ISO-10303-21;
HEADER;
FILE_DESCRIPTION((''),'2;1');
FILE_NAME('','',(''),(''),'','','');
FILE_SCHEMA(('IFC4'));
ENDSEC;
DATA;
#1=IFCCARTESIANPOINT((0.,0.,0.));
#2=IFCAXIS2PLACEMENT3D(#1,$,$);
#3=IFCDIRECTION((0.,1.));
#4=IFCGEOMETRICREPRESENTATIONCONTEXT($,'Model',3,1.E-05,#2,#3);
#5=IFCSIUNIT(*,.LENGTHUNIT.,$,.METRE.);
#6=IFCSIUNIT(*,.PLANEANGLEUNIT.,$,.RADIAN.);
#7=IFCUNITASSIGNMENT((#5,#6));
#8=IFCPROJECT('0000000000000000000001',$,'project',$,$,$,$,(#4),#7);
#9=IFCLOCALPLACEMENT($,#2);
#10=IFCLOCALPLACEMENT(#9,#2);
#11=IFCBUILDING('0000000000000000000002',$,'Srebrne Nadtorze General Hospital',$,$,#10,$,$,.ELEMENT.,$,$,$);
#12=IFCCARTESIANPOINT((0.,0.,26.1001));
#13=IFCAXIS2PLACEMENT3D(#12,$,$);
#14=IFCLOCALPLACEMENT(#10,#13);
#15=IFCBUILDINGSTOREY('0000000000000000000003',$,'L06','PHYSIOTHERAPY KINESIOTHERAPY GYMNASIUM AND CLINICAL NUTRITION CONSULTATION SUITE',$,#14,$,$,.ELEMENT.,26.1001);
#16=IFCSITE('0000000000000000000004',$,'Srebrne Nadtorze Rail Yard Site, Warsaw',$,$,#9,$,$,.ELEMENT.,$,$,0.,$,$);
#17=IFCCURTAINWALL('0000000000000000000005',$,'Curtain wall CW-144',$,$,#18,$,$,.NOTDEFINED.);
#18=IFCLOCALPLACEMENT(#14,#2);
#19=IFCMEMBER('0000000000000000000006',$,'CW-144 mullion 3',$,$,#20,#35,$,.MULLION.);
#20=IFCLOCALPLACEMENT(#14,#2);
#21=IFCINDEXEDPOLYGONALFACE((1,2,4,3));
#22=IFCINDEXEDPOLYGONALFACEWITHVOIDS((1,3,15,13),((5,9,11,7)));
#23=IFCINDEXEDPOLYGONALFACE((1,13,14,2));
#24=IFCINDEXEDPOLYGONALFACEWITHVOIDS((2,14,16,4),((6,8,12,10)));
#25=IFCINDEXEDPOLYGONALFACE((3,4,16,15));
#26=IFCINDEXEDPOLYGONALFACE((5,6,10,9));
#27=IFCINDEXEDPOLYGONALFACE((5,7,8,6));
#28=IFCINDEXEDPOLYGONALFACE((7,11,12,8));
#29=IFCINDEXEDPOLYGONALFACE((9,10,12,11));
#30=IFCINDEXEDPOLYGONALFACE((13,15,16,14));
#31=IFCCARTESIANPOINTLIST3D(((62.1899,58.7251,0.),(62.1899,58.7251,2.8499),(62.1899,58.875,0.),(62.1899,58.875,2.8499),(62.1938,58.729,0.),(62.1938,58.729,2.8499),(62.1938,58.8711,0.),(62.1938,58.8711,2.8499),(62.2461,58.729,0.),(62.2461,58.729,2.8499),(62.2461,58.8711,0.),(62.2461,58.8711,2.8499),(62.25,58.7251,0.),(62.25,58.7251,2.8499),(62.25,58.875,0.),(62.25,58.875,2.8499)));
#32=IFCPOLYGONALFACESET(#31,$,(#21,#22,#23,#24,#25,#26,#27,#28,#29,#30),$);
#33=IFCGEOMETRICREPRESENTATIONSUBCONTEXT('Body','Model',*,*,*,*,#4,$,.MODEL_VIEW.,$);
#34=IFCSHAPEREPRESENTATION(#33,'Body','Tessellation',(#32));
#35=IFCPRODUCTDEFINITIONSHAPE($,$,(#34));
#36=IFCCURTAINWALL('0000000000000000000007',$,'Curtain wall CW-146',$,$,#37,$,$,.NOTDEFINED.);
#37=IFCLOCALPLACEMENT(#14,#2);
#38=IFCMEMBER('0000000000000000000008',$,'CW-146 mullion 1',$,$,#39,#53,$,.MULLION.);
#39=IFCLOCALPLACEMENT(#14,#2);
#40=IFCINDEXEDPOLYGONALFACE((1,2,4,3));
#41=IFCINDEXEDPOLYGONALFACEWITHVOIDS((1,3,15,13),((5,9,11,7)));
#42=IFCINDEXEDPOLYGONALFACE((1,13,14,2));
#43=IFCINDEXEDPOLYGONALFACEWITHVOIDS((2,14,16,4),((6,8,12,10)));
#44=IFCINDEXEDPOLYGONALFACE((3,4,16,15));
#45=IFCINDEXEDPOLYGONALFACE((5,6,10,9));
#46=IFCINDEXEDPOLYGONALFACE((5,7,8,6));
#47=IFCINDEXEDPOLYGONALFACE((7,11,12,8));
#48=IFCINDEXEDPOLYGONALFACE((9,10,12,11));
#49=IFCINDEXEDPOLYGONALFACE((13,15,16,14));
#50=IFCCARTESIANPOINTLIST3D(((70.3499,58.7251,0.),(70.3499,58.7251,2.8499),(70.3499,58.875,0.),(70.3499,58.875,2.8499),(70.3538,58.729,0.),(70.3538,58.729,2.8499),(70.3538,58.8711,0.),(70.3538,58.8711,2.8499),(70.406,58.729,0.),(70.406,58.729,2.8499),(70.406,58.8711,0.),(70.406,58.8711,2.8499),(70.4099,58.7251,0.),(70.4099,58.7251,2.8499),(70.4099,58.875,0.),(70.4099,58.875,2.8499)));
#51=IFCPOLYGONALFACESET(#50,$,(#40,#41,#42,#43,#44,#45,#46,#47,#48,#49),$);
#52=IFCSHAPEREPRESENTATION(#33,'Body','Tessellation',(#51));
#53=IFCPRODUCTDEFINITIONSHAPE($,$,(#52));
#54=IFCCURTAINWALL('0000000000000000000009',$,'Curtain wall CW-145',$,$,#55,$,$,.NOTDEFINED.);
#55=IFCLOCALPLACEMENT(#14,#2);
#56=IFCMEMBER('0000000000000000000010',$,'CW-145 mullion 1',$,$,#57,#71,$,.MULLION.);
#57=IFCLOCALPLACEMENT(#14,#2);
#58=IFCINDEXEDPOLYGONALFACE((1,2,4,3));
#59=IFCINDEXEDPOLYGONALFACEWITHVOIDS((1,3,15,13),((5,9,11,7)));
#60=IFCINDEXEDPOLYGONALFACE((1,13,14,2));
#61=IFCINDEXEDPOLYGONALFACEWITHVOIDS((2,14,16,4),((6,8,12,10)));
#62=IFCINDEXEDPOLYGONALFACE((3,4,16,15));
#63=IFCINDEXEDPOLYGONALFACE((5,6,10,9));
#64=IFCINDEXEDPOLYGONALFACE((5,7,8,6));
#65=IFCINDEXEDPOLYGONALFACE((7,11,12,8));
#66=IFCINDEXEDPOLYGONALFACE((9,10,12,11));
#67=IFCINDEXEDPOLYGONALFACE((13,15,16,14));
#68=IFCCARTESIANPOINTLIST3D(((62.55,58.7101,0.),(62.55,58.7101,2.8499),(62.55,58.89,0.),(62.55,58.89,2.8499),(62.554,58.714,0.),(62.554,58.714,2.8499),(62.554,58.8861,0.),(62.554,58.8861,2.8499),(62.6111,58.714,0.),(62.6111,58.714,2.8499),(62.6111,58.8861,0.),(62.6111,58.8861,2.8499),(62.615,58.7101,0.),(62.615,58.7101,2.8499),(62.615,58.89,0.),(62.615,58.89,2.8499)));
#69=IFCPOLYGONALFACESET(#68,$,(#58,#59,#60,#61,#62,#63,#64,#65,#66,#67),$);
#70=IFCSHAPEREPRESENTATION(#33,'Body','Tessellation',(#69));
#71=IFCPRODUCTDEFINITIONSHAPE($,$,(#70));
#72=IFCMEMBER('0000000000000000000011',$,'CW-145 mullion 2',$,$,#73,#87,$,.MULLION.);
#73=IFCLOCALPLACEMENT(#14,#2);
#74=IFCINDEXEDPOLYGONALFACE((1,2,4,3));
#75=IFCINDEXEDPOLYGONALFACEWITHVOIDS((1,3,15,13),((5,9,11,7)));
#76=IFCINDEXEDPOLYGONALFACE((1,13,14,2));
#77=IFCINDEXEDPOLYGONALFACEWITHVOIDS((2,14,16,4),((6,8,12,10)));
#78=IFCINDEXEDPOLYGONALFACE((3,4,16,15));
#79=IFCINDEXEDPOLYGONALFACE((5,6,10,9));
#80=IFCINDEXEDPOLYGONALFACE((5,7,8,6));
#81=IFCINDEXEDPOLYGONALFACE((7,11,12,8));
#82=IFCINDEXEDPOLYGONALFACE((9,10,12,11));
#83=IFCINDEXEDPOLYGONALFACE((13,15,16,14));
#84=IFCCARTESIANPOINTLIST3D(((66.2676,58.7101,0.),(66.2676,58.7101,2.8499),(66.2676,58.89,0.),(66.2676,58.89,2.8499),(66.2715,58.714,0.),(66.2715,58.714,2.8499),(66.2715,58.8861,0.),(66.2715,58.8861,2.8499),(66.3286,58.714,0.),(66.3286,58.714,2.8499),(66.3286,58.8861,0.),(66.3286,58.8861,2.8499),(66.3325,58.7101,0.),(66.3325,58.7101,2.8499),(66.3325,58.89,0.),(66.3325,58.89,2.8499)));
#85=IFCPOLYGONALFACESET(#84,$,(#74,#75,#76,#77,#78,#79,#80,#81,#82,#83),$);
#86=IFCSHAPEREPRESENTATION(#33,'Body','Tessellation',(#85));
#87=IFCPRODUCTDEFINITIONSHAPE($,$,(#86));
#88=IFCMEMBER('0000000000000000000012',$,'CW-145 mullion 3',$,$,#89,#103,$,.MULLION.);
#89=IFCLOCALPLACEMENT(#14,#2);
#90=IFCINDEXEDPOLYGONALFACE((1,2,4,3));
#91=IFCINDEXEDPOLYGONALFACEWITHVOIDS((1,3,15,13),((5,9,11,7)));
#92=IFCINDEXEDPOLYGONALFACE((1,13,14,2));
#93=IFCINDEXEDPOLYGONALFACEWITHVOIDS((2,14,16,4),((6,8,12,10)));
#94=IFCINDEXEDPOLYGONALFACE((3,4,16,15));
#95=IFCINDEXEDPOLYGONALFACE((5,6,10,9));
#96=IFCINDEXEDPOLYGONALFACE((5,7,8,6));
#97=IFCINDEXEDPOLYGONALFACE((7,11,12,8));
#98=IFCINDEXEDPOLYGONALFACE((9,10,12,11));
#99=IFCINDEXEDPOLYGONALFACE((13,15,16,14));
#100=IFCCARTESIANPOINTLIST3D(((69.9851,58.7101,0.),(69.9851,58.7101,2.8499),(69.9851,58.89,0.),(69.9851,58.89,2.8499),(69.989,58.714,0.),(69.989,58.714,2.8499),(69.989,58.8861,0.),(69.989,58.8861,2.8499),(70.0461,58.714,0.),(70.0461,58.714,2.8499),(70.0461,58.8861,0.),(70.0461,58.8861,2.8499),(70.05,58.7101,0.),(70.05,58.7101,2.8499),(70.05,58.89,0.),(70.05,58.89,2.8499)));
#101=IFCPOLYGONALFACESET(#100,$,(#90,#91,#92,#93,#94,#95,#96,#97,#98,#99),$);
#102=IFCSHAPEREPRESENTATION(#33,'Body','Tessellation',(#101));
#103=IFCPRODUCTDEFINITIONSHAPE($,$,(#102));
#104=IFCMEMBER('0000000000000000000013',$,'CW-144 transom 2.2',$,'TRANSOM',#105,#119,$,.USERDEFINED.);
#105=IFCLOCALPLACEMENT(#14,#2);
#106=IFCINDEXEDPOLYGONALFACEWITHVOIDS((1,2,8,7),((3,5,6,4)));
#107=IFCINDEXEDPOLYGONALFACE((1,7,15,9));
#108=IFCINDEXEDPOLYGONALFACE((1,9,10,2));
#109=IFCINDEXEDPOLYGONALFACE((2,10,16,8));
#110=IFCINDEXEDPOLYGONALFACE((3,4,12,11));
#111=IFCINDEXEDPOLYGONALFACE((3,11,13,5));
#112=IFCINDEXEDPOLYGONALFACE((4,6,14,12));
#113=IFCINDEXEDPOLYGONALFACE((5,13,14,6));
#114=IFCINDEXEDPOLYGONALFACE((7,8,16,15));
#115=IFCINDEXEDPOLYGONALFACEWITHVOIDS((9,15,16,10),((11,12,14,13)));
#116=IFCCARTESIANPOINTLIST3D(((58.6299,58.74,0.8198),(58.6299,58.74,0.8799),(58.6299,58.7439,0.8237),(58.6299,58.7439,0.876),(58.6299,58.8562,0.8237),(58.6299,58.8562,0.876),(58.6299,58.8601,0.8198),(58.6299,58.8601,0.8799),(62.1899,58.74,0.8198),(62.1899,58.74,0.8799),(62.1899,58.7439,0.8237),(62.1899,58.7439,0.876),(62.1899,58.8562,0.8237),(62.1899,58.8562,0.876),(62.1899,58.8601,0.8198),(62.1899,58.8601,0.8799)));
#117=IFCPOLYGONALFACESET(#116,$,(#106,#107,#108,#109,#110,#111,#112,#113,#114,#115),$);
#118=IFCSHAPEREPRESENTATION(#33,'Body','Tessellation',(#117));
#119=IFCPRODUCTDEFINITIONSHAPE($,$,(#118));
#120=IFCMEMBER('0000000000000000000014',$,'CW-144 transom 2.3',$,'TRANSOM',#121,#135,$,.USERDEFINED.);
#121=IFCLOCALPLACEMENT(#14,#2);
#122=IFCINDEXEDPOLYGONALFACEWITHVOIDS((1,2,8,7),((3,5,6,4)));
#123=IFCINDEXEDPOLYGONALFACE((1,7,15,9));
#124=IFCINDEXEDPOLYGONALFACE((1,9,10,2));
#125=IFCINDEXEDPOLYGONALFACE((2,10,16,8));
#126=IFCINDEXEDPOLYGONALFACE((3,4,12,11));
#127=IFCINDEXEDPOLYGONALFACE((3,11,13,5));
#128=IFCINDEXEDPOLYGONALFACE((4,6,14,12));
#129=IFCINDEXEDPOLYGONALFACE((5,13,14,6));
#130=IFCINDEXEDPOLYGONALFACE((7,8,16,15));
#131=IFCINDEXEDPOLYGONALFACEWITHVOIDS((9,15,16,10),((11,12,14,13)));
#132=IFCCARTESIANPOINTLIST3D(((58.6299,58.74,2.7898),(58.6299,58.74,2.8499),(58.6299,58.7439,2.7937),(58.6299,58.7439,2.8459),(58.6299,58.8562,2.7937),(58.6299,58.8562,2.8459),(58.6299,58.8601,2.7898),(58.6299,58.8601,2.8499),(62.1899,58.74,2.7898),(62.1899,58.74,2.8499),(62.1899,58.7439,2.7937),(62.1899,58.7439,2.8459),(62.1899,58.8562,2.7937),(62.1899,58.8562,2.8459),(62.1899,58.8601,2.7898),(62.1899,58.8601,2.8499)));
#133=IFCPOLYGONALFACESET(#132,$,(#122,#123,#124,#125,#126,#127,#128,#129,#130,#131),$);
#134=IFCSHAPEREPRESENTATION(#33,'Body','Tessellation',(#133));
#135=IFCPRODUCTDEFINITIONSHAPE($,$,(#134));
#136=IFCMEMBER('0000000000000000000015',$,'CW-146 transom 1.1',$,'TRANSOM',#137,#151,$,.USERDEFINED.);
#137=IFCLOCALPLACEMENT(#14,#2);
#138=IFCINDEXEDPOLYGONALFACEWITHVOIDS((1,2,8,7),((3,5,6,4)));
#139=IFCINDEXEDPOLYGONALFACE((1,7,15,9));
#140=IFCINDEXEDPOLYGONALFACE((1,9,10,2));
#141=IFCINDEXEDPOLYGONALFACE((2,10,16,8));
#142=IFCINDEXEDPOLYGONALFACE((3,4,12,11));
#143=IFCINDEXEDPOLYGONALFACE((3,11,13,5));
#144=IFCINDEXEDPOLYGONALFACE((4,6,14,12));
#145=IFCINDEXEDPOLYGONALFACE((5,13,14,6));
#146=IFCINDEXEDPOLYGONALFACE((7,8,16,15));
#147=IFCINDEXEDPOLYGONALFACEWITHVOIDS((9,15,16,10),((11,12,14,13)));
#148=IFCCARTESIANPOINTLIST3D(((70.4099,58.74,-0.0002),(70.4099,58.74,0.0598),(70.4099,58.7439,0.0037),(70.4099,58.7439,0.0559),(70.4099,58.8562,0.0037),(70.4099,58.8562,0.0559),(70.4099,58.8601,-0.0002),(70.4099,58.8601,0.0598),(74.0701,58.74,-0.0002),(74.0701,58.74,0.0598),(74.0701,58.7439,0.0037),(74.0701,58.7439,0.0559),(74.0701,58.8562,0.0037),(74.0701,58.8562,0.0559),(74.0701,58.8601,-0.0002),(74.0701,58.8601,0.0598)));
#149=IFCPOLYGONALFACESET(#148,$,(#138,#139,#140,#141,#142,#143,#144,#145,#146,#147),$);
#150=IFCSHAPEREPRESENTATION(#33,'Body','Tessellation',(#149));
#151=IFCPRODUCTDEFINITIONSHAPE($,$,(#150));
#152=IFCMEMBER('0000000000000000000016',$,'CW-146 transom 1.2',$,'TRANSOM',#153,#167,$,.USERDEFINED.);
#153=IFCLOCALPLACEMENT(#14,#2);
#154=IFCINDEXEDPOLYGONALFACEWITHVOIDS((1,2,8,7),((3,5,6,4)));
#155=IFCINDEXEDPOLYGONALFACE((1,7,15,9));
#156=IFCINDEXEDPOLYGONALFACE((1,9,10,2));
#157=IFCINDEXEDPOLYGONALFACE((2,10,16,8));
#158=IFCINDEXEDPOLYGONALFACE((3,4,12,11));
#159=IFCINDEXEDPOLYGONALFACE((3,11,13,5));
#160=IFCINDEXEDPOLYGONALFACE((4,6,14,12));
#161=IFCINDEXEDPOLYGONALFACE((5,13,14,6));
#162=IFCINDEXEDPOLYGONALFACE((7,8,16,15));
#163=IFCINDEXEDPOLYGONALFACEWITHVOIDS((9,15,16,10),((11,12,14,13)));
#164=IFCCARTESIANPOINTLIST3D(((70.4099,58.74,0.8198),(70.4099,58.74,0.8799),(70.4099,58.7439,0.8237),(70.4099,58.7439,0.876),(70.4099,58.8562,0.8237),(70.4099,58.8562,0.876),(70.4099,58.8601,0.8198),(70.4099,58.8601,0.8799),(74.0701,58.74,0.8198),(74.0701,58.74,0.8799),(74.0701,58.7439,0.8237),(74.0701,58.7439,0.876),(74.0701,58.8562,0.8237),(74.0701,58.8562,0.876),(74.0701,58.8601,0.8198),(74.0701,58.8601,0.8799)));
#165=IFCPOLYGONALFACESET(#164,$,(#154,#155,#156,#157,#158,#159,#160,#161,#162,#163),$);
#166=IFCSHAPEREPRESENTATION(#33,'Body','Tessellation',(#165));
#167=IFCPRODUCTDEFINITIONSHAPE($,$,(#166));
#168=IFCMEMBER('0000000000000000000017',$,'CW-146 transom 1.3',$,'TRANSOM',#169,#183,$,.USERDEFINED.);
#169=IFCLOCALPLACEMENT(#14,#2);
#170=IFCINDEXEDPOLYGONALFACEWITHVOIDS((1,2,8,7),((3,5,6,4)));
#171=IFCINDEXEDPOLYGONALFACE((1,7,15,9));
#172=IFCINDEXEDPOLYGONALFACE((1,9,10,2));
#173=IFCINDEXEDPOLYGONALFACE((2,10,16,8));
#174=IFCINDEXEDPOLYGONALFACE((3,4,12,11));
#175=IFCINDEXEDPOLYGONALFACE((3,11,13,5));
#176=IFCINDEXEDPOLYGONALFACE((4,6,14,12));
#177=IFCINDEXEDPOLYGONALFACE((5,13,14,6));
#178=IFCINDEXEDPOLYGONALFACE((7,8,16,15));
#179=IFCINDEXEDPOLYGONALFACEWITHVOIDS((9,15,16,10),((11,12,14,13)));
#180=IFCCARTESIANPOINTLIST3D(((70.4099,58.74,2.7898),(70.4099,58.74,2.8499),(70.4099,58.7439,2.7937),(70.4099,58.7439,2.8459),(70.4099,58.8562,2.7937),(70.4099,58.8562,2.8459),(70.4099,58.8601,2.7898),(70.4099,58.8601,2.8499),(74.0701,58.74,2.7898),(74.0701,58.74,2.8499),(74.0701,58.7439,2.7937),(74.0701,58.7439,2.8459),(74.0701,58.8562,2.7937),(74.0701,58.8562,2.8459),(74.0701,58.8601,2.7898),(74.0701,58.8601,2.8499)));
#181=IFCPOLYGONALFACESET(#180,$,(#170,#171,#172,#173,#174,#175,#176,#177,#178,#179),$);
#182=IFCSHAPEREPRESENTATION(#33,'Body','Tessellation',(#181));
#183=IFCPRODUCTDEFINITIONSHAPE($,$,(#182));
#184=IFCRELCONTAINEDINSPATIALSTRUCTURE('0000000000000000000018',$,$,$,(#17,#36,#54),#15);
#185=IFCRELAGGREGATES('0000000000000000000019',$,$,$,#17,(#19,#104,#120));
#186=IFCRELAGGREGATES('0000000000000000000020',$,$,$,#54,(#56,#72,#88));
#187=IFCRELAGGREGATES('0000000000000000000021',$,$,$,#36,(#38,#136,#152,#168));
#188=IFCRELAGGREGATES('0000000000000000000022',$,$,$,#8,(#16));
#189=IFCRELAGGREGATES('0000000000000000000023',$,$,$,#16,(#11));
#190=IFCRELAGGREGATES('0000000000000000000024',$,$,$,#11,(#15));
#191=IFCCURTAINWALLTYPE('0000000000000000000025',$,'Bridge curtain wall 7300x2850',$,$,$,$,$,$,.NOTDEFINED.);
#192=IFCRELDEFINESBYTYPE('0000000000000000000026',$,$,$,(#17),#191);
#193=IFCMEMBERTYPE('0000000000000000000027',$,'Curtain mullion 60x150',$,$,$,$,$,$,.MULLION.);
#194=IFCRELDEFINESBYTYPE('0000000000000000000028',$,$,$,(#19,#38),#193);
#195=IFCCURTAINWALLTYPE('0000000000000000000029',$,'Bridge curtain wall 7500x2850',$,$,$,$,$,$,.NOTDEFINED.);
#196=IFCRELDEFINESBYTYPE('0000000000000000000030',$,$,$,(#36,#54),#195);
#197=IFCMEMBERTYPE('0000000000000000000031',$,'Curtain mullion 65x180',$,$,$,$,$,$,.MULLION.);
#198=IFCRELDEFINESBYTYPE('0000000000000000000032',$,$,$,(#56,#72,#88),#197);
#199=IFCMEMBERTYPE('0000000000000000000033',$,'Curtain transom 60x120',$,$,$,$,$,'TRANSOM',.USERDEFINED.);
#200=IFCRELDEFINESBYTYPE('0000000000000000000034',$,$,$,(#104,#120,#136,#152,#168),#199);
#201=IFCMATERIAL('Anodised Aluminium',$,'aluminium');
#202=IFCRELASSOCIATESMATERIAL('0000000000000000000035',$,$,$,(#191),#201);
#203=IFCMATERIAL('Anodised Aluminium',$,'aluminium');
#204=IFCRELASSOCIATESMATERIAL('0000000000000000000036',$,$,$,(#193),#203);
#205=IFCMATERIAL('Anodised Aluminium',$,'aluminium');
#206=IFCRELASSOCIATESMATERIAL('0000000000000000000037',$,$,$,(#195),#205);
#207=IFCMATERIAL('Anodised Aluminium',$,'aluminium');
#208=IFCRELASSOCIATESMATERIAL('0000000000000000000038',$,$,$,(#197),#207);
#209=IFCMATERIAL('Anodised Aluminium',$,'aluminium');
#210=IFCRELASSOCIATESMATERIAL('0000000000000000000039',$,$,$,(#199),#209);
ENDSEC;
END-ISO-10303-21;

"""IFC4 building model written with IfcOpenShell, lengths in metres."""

from ifc_helpers import new_model, si_unit, direction, frame, origin, origin_2d, place, context, subcontext, project, spatial, hollow_rectangle, extrude, material, material_profile, profile_set, type_object, element, aggregate, save


model = new_model("IFC4")

# Units and contexts
model_context = context("Model", 3, precision=1e-05, world=origin(), true_north=direction((0.0, 1.0)))
body_context = subcontext(model_context, "Body", "Model", "MODEL_VIEW")
ifc_project = project(units=[si_unit("LENGTHUNIT", "METRE"), si_unit("PLANEANGLEUNIT", "RADIAN")], contexts=[model_context])

# Site, building, storey
site_placement = place(None, origin())
site = spatial("IfcSite", under=ifc_project, at=site_placement, Name="Srebrne Nadtorze Rail Yard Site, Warsaw", CompositionType="ELEMENT", RefElevation=0.0)
building_placement = place(site_placement, origin())
building = spatial("IfcBuilding", under=site, at=building_placement, Name="Srebrne Nadtorze General Hospital", CompositionType="ELEMENT")
storey_placement = place(building_placement, frame((0.0, 0.0, 26.1001)))
storey = spatial("IfcBuildingStorey", under=building, at=storey_placement, Name="L06", Description="PHYSIOTHERAPY KINESIOTHERAPY GYMNASIUM AND CLINICAL NUTRITION CONSULTATION SUITE", CompositionType="ELEMENT", Elevation=26.1001)

# Curtain walls, members
ifc_material_1 = material(Name="Anodised Aluminium", Category="aluminium")
curtain_wall_type_1 = type_object("IfcCurtainWallType", Name="Bridge curtain wall 7300x2850", PredefinedType="NOTDEFINED", material=ifc_material_1)
curtain_wall_1_placement = place(storey_placement, origin())
curtain_wall_1 = element("IfcCurtainWall", 1, at=curtain_wall_1_placement, inside=storey, type_object=curtain_wall_type_1, Name="Curtain wall CW-144", PredefinedType="NOTDEFINED")
ifc_material_2 = material(Name="Anodised Aluminium", Category="aluminium")
ifc_material_profile_1 = material_profile(ifc_material_2, hollow_rectangle(XDim=0.0601, YDim=0.1499, WallThickness=0.0039, at=origin_2d()), Name="AL-MUL-60x150")
ifc_profile_set_1 = profile_set([ifc_material_profile_1], Name="Anodised Aluminium")
member_type_1 = type_object("IfcMemberType", Name="Curtain mullion 60x150", PredefinedType="MULLION", material=ifc_profile_set_1)
member_1_placement = place(storey_placement, frame((62.22, 58.8, 0.0), z_axis=(0.0, 0.0, 1.0), x_axis=(1.0, 0.0, 0.0)))
member_1 = element("IfcMember", 2, at=member_1_placement, type_object=member_type_1, Name="CW-144 mullion 3", PredefinedType="MULLION", context=body_context, shape_type="SweptSolid", body=[
    extrude(hollow_rectangle(XDim=0.0601, YDim=0.1499, WallThickness=0.0039, at=origin_2d()), origin(), (0.0, 0.0, 1.0), 2.8499),
])
ifc_material_3 = material(Name="Anodised Aluminium", Category="aluminium")
curtain_wall_type_2 = type_object("IfcCurtainWallType", Name="Bridge curtain wall 7500x2850", PredefinedType="NOTDEFINED", material=ifc_material_3)
curtain_wall_2_placement = place(storey_placement, origin())
curtain_wall_2 = element("IfcCurtainWall", 3, at=curtain_wall_2_placement, inside=storey, type_object=curtain_wall_type_2, Name="Curtain wall CW-146", PredefinedType="NOTDEFINED")
member_2_placement = place(storey_placement, frame((70.3799, 58.8, 0.0), z_axis=(0.0, 0.0, 1.0), x_axis=(1.0, 0.0, 0.0)))
member_2 = element("IfcMember", 4, at=member_2_placement, type_object=member_type_1, Name="CW-146 mullion 1", PredefinedType="MULLION", context=body_context, shape_type="SweptSolid", body=[
    extrude(hollow_rectangle(XDim=0.0601, YDim=0.1499, WallThickness=0.0039, at=origin_2d()), origin(), (0.0, 0.0, 1.0), 2.8499),
])

# Curtain wall, members
curtain_wall_3_placement = place(storey_placement, origin())
curtain_wall_3 = element("IfcCurtainWall", 5, at=curtain_wall_3_placement, inside=storey, type_object=curtain_wall_type_2, Name="Curtain wall CW-145", PredefinedType="NOTDEFINED")
ifc_material_4 = material(Name="Anodised Aluminium", Category="aluminium")
ifc_material_profile_2 = material_profile(ifc_material_4, hollow_rectangle(XDim=0.0649, YDim=0.1799, WallThickness=0.0039, at=origin_2d()), Name="AL-MUL-65x180")
ifc_profile_set_2 = profile_set([ifc_material_profile_2], Name="Anodised Aluminium")
member_type_2 = type_object("IfcMemberType", Name="Curtain mullion 65x180", PredefinedType="MULLION", material=ifc_profile_set_2)
member_3_placement = place(storey_placement, frame((62.5825, 58.8, 0.0), z_axis=(0.0, 0.0, 1.0), x_axis=(1.0, 0.0, 0.0)))
member_3 = element("IfcMember", 6, at=member_3_placement, type_object=member_type_2, Name="CW-145 mullion 1", PredefinedType="MULLION", context=body_context, shape_type="SweptSolid", body=[
    extrude(hollow_rectangle(XDim=0.0649, YDim=0.1799, WallThickness=0.0039, at=origin_2d()), origin(), (0.0, 0.0, 1.0), 2.8499),
])
member_4_placement = place(storey_placement, frame((66.3, 58.8, 0.0), z_axis=(0.0, 0.0, 1.0), x_axis=(1.0, 0.0, 0.0)))
member_4 = element("IfcMember", 7, at=member_4_placement, type_object=member_type_2, Name="CW-145 mullion 2", PredefinedType="MULLION", context=body_context, shape_type="SweptSolid", body=[
    extrude(hollow_rectangle(XDim=0.0649, YDim=0.1799, WallThickness=0.0039, at=origin_2d()), origin(), (0.0, 0.0, 1.0), 2.8499),
])
member_5_placement = place(storey_placement, frame((70.0176, 58.8, 0.0), z_axis=(0.0, 0.0, 1.0), x_axis=(1.0, 0.0, 0.0)))
member_5 = element("IfcMember", 8, at=member_5_placement, type_object=member_type_2, Name="CW-145 mullion 3", PredefinedType="MULLION", context=body_context, shape_type="SweptSolid", body=[
    extrude(hollow_rectangle(XDim=0.0649, YDim=0.1799, WallThickness=0.0039, at=origin_2d()), origin(), (0.0, 0.0, 1.0), 2.8499),
])

# Members
ifc_material_5 = material(Name="Anodised Aluminium", Category="aluminium")
ifc_material_profile_3 = material_profile(ifc_material_5, hollow_rectangle(XDim=0.0601, YDim=0.1201, WallThickness=0.0039, at=origin_2d()), Name="AL-TRN-60x120")
ifc_profile_set_3 = profile_set([ifc_material_profile_3], Name="Anodised Aluminium")
member_type_3 = type_object("IfcMemberType", Name="Curtain transom 60x120", ElementType="TRANSOM", PredefinedType="USERDEFINED", material=ifc_profile_set_3)
member_6_placement = place(storey_placement, frame((58.6299, 58.8, 0.8499), z_axis=(1.0, 0.0, 0.0), x_axis=(0.0, 0.0, 1.0)))
member_6 = element("IfcMember", 9, at=member_6_placement, type_object=member_type_3, Name="CW-144 transom 2.2", ObjectType="TRANSOM", PredefinedType="USERDEFINED", context=body_context, shape_type="SweptSolid", body=[
    extrude(hollow_rectangle(XDim=0.0601, YDim=0.1201, WallThickness=0.0039, at=origin_2d()), origin(), (0.0, 0.0, 1.0), 3.5601),
])
member_7_placement = place(storey_placement, frame((58.6299, 58.8, 2.8198), z_axis=(1.0, 0.0, 0.0), x_axis=(0.0, 0.0, 1.0)))
member_7 = element("IfcMember", 10, at=member_7_placement, type_object=member_type_3, Name="CW-144 transom 2.3", ObjectType="TRANSOM", PredefinedType="USERDEFINED", context=body_context, shape_type="SweptSolid", body=[
    extrude(hollow_rectangle(XDim=0.0601, YDim=0.1201, WallThickness=0.0039, at=origin_2d()), origin(), (0.0, 0.0, 1.0), 3.5601),
])
member_8_placement = place(storey_placement, frame((70.4099, 58.8, 0.0298), z_axis=(1.0, 0.0, 0.0), x_axis=(0.0, 0.0, 1.0)))
member_8 = element("IfcMember", 11, at=member_8_placement, type_object=member_type_3, Name="CW-146 transom 1.1", ObjectType="TRANSOM", PredefinedType="USERDEFINED", context=body_context, shape_type="SweptSolid", body=[
    extrude(hollow_rectangle(XDim=0.0601, YDim=0.1201, WallThickness=0.0039, at=origin_2d()), origin(), (0.0, 0.0, 1.0), 3.6602),
])
member_9_placement = place(storey_placement, frame((70.4099, 58.8, 0.8499), z_axis=(1.0, 0.0, 0.0), x_axis=(0.0, 0.0, 1.0)))
member_9 = element("IfcMember", 12, at=member_9_placement, type_object=member_type_3, Name="CW-146 transom 1.2", ObjectType="TRANSOM", PredefinedType="USERDEFINED", context=body_context, shape_type="SweptSolid", body=[
    extrude(hollow_rectangle(XDim=0.0601, YDim=0.1201, WallThickness=0.0039, at=origin_2d()), origin(), (0.0, 0.0, 1.0), 3.6602),
])
member_10_placement = place(storey_placement, frame((70.4099, 58.8, 2.8198), z_axis=(1.0, 0.0, 0.0), x_axis=(0.0, 0.0, 1.0)))
member_10 = element("IfcMember", 13, at=member_10_placement, type_object=member_type_3, Name="CW-146 transom 1.3", ObjectType="TRANSOM", PredefinedType="USERDEFINED", context=body_context, shape_type="SweptSolid", body=[
    extrude(hollow_rectangle(XDim=0.0601, YDim=0.1201, WallThickness=0.0039, at=origin_2d()), origin(), (0.0, 0.0, 1.0), 3.6602),
])

aggregate(curtain_wall_1, [member_1, member_6, member_7])
aggregate(curtain_wall_3, [member_3, member_4, member_5])
aggregate(curtain_wall_2, [member_2, member_8, member_9, member_10])

save(model, "model.ifc")
